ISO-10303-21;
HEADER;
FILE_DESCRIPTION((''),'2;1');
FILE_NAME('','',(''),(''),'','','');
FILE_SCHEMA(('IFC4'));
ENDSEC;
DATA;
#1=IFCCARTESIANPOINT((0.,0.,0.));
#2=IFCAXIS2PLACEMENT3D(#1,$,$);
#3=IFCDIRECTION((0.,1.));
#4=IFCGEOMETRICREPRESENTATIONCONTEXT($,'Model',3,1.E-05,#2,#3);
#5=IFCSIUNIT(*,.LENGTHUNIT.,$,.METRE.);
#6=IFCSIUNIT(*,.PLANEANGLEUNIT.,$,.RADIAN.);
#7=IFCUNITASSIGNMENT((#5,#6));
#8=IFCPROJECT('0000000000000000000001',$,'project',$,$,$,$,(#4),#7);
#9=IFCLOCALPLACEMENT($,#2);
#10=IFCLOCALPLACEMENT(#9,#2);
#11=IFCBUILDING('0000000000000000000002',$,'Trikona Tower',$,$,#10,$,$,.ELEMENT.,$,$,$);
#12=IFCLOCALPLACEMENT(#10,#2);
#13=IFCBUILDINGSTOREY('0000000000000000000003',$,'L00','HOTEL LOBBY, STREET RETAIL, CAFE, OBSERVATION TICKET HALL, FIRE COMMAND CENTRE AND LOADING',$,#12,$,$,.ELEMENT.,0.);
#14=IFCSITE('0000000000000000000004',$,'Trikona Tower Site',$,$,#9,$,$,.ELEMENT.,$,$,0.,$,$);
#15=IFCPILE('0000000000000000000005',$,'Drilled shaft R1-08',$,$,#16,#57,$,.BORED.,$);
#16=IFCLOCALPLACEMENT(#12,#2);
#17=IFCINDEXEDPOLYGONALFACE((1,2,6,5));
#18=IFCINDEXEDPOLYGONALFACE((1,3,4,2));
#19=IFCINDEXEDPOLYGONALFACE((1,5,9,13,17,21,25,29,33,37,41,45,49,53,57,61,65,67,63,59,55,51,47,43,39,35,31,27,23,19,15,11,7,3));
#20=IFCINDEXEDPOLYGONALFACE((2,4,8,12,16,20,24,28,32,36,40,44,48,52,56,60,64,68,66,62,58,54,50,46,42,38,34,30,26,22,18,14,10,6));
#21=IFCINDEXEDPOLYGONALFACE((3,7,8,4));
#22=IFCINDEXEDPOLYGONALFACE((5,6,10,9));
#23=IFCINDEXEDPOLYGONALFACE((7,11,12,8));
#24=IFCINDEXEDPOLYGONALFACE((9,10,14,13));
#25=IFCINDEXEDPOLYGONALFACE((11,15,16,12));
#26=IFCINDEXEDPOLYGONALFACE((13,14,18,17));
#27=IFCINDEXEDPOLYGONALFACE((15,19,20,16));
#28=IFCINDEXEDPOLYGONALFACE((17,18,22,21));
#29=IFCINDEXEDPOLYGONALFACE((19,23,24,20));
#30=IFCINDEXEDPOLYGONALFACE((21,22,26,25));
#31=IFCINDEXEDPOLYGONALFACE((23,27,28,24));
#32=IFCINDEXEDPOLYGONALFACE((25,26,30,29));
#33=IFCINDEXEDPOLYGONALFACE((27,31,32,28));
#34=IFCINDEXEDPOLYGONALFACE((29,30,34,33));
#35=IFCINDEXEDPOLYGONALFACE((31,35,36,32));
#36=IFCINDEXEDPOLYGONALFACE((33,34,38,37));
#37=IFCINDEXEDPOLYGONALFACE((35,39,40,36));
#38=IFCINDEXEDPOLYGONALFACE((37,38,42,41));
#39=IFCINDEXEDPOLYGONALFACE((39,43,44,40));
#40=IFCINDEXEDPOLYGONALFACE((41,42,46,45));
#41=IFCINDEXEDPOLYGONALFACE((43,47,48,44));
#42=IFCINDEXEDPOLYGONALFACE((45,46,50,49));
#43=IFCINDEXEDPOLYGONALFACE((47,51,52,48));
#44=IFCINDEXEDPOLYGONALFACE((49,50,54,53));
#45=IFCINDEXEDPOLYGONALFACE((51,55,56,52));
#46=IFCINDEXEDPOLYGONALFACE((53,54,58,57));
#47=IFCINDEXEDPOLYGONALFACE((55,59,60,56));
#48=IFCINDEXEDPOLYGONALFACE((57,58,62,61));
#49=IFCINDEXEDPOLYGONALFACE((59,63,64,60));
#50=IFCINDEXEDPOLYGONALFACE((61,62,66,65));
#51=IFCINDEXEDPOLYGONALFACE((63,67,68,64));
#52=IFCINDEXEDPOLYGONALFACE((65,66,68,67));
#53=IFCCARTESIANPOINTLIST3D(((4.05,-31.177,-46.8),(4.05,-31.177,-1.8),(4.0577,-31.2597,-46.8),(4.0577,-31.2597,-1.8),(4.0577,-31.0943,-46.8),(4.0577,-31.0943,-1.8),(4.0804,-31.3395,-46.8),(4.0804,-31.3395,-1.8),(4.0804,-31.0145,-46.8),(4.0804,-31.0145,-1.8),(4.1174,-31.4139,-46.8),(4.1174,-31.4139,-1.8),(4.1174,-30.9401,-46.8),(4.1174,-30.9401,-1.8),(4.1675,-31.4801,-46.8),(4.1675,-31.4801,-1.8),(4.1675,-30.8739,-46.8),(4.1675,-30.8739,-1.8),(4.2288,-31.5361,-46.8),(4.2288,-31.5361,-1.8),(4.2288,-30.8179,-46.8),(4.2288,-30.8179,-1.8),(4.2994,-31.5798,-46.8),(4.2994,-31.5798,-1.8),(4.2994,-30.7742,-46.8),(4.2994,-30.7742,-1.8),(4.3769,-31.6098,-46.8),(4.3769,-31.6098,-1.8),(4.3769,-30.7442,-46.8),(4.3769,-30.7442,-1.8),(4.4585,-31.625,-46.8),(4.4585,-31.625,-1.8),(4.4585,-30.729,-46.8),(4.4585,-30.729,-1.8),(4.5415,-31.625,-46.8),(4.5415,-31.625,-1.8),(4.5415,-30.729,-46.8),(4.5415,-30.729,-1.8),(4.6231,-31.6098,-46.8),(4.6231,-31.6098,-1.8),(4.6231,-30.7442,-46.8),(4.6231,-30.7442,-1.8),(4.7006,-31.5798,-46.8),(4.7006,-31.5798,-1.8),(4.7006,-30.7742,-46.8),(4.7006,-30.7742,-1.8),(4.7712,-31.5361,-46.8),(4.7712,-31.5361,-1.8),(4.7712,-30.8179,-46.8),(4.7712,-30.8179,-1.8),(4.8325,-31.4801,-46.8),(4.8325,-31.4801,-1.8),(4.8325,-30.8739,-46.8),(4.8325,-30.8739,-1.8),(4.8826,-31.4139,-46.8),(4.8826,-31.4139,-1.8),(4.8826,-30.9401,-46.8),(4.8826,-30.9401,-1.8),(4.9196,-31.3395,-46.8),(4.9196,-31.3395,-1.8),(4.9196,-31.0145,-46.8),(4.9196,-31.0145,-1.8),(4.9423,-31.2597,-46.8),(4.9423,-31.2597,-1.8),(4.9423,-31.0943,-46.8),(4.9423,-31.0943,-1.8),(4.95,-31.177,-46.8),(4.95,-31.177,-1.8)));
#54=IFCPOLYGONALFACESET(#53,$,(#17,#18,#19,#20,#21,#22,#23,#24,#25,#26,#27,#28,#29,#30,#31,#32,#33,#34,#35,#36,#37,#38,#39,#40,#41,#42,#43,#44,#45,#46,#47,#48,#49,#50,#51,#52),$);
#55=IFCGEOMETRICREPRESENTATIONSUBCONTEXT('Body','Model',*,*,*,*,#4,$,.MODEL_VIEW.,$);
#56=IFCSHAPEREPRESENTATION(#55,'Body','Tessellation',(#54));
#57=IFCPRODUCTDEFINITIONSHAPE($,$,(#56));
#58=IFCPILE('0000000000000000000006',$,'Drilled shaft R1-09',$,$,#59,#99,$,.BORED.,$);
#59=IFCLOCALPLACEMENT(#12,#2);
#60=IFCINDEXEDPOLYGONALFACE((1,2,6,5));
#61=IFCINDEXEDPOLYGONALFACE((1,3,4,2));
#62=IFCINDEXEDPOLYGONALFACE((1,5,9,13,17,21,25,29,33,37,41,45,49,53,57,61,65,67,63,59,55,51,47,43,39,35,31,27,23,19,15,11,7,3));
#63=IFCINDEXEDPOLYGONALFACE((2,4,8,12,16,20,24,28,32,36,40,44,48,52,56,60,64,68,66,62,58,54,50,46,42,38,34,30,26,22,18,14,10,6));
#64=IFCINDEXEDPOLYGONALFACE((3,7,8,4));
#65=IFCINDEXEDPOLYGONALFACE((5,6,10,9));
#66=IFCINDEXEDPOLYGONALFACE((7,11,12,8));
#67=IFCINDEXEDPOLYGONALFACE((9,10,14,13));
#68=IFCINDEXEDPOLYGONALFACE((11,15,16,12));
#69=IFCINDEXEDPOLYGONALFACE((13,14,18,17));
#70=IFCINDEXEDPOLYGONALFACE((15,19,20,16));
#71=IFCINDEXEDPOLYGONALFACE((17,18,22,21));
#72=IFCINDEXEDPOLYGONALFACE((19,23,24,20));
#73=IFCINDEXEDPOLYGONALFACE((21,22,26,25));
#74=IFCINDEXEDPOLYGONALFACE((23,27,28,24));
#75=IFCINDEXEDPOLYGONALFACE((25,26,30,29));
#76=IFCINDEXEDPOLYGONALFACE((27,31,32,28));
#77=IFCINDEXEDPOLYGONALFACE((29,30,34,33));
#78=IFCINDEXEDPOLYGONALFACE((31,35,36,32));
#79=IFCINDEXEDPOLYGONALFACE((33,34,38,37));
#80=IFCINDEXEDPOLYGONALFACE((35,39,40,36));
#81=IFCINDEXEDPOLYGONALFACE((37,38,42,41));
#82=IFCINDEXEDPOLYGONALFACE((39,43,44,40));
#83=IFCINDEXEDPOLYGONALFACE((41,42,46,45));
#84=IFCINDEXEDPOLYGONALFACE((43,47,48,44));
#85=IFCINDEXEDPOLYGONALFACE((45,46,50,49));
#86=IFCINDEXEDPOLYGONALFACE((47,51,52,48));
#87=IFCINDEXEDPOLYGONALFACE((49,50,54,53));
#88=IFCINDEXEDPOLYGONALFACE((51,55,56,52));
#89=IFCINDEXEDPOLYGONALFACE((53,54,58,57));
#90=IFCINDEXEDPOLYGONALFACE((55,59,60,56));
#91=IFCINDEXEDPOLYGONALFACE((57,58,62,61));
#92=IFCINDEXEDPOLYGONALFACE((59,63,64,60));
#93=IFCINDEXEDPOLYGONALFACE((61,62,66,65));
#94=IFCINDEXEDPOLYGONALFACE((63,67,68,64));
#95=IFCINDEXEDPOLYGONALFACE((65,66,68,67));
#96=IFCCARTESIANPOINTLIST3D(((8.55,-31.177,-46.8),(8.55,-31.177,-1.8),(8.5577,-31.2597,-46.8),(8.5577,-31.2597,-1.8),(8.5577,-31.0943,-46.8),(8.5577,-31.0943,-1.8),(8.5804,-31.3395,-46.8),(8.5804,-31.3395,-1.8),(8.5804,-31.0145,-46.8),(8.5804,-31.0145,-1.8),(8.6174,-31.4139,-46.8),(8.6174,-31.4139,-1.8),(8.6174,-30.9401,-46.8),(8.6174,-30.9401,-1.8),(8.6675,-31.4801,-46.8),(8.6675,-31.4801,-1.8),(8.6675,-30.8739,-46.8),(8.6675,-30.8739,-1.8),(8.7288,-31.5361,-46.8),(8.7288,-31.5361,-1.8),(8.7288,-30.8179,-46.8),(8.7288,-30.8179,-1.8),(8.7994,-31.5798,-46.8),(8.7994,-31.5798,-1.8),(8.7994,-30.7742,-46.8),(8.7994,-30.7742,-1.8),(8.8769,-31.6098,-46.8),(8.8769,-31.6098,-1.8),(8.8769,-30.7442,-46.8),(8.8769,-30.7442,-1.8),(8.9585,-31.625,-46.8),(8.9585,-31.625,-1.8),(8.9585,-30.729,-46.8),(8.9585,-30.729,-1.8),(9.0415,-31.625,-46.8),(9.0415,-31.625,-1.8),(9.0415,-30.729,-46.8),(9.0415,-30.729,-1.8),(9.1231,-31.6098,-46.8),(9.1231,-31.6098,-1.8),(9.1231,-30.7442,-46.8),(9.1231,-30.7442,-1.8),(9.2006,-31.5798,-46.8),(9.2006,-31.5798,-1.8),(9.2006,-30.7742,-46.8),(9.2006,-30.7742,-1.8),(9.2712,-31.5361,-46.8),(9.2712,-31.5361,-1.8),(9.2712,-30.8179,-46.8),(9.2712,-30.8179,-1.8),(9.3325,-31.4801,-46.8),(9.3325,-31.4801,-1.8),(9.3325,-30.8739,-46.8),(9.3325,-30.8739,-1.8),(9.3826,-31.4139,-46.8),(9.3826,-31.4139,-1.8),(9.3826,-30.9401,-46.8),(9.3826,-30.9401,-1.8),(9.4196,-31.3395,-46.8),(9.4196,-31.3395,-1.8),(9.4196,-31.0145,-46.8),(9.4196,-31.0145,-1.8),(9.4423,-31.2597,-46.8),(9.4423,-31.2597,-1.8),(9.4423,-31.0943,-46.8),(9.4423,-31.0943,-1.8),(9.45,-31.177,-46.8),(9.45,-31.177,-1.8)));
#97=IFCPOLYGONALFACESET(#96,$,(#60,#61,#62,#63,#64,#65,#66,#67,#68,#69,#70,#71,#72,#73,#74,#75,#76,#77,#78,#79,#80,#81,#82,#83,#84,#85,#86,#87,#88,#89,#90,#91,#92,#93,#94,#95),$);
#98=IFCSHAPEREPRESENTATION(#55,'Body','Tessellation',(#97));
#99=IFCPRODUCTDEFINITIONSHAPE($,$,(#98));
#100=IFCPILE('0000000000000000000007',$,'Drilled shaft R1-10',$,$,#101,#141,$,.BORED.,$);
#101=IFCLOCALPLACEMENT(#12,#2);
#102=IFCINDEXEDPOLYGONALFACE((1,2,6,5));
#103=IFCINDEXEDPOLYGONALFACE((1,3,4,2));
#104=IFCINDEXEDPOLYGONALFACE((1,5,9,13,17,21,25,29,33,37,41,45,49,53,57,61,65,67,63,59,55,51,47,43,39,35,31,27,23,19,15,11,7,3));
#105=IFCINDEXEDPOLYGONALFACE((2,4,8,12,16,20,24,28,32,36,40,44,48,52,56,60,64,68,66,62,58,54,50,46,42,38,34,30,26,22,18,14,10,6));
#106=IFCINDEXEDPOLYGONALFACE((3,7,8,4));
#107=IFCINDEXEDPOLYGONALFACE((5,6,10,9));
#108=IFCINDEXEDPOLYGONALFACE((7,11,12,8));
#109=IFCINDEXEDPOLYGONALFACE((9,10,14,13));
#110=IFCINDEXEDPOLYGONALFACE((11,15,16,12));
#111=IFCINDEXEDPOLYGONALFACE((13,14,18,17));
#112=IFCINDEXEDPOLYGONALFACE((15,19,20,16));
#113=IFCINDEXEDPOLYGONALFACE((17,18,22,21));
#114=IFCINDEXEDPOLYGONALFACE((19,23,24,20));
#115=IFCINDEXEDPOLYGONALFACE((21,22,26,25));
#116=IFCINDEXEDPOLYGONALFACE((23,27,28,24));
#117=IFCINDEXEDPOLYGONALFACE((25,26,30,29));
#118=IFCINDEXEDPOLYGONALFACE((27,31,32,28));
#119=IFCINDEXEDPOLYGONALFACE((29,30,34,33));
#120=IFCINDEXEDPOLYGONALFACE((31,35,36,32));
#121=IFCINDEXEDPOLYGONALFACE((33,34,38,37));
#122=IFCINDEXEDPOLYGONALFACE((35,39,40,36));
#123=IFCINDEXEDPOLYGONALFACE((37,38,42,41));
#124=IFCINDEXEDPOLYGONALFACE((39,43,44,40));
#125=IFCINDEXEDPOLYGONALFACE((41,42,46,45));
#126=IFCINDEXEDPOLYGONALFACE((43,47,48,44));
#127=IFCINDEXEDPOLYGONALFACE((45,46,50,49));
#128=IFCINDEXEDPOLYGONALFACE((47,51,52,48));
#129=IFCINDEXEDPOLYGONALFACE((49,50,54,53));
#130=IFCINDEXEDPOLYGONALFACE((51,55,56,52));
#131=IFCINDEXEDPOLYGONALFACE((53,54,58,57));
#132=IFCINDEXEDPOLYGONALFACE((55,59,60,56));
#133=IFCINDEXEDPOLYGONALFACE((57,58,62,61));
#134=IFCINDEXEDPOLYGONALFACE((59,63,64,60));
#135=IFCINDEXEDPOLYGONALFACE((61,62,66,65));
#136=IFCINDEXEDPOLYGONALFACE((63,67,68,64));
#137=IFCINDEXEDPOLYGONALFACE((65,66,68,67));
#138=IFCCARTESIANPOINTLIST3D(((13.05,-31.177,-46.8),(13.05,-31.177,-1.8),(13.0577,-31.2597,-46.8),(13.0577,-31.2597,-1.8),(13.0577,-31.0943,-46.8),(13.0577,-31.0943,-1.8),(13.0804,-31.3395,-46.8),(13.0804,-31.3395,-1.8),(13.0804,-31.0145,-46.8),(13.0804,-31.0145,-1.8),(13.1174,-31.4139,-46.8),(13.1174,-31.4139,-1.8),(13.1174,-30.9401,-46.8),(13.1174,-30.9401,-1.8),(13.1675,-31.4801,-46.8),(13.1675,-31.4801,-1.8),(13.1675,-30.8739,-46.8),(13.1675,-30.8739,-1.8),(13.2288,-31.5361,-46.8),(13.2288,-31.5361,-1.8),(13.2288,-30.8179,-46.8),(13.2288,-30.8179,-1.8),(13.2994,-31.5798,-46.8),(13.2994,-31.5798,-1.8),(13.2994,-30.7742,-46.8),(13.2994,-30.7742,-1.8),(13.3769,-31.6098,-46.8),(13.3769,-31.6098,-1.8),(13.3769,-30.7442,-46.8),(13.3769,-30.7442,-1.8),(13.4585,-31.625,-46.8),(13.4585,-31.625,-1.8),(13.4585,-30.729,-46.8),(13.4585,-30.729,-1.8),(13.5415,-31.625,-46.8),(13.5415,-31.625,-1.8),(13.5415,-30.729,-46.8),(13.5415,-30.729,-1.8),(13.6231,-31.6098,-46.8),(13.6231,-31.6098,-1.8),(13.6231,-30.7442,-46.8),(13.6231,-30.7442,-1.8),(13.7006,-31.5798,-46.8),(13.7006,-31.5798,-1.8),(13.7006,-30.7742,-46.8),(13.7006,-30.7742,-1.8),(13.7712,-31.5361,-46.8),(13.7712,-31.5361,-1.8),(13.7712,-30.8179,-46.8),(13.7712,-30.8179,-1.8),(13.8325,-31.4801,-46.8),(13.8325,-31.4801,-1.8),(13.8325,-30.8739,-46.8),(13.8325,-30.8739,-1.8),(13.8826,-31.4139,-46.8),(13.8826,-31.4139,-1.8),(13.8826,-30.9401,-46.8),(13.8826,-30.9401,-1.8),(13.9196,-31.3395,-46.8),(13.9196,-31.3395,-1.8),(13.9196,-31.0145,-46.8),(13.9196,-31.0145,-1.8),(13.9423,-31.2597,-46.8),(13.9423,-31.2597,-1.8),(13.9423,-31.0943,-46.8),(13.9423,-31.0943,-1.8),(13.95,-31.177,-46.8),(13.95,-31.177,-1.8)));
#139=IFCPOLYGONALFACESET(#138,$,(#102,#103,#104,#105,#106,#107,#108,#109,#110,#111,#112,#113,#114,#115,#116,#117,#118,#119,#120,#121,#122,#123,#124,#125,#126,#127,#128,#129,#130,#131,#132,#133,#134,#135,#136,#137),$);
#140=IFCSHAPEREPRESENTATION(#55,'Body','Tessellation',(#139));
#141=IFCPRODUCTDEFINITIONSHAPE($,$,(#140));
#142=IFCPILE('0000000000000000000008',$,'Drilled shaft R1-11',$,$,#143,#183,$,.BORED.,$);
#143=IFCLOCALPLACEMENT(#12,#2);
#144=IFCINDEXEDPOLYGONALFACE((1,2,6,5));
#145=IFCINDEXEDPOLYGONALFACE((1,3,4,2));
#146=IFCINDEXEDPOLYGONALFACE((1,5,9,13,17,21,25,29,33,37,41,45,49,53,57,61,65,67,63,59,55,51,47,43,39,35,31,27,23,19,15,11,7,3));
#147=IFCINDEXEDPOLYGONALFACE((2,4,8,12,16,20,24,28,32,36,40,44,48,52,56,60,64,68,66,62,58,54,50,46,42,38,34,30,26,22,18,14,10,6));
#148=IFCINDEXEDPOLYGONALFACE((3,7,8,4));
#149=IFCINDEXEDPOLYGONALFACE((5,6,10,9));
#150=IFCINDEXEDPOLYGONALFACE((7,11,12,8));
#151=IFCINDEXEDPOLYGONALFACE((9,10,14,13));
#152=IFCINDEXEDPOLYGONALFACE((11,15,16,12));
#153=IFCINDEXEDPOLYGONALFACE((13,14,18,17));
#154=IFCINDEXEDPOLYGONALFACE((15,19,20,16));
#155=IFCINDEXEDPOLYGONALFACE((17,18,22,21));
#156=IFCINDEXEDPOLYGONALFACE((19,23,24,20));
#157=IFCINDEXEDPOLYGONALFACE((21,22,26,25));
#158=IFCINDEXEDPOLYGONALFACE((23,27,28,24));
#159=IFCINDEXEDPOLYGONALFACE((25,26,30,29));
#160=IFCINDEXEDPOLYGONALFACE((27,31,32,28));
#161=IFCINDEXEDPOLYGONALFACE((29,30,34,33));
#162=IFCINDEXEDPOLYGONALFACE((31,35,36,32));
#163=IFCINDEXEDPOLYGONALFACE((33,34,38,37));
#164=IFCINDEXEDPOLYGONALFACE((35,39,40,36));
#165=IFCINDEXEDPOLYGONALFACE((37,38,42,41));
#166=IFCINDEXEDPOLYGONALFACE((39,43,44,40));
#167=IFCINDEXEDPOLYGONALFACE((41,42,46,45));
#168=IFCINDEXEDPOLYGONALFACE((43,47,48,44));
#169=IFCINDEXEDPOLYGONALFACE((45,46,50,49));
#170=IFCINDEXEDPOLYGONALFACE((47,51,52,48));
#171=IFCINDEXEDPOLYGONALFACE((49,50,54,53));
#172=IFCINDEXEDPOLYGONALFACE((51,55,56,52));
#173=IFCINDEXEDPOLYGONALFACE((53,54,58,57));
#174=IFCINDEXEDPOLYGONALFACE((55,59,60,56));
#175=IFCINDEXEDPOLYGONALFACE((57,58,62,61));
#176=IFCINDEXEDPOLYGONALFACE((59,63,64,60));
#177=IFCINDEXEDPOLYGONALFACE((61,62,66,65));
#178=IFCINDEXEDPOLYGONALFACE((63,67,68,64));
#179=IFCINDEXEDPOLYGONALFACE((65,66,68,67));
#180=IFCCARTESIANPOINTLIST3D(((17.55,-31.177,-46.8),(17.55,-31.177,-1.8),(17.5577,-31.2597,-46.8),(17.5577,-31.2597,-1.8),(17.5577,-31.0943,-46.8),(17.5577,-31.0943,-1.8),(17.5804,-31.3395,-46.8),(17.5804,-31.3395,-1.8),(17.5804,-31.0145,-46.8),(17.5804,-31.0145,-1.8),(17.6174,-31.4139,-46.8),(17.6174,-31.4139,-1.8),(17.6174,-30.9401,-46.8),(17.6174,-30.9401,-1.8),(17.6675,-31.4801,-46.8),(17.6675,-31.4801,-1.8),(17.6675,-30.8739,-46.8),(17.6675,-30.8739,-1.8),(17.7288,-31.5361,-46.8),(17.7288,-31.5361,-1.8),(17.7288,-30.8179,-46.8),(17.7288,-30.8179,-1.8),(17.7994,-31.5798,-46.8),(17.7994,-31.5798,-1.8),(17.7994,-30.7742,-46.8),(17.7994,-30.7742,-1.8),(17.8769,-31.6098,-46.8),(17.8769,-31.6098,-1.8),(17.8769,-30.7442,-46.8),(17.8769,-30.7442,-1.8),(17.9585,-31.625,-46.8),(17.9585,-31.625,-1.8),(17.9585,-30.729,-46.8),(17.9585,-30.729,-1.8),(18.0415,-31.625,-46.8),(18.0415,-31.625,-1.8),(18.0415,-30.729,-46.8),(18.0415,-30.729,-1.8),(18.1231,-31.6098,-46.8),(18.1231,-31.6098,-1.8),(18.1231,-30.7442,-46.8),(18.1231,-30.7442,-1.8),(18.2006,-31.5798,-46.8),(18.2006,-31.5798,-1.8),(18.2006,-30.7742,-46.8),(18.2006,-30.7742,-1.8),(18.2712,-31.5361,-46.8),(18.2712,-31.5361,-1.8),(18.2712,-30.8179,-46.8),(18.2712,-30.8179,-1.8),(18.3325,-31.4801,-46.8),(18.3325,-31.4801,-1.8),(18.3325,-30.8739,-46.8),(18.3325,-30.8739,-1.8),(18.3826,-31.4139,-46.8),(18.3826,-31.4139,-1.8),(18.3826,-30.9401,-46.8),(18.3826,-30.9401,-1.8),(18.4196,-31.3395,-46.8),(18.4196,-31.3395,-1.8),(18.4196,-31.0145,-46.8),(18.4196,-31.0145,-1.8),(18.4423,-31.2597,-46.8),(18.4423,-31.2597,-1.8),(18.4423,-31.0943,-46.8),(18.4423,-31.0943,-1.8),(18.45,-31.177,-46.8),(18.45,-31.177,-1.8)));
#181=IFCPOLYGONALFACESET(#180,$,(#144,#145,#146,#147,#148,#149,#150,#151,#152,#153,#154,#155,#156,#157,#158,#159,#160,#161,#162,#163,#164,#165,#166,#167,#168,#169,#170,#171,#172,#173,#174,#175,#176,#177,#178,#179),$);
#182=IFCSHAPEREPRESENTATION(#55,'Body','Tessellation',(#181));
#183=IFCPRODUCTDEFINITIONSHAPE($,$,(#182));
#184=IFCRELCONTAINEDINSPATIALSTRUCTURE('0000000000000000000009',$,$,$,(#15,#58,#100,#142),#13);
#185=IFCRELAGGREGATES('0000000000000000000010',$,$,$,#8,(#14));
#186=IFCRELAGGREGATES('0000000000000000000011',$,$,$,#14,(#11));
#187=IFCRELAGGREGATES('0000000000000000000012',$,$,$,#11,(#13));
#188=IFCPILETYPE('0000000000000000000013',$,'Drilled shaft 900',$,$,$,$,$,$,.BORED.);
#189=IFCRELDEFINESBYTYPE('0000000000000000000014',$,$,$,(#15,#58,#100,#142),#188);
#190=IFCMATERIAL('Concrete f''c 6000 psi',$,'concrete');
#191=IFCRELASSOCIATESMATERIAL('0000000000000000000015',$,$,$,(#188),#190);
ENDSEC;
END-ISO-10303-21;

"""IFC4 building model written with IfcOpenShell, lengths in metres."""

from ifc_helpers import new_model, si_unit, direction, frame, origin, origin_2d, place, context, subcontext, project, spatial, circle, extrude, material, type_object, element, save


model = new_model("IFC4")

# Units and contexts
model_context = context("Model", 3, precision=1e-05, world=origin(), true_north=direction((0.0, 1.0)))
body_context = subcontext(model_context, "Body", "Model", "MODEL_VIEW")
ifc_project = project(units=[si_unit("LENGTHUNIT", "METRE"), si_unit("PLANEANGLEUNIT", "RADIAN")], contexts=[model_context])

# Site, building, storey
site_placement = place(None, origin())
site = spatial("IfcSite", under=ifc_project, at=site_placement, Name="Trikona Tower Site", CompositionType="ELEMENT", RefElevation=0.0)
building_placement = place(site_placement, origin())
building = spatial("IfcBuilding", under=site, at=building_placement, Name="Trikona Tower", CompositionType="ELEMENT")
storey_placement = place(building_placement, origin())
storey = spatial("IfcBuildingStorey", under=building, at=storey_placement, Name="L00", Description="HOTEL LOBBY, STREET RETAIL, CAFE, OBSERVATION TICKET HALL, FIRE COMMAND CENTRE AND LOADING", CompositionType="ELEMENT", Elevation=0.0)

# Piles
ifc_material_1 = material(Name="Concrete f'c 6000 psi", Category="concrete")
pile_type = type_object("IfcPileType", Name="Drilled shaft 900", PredefinedType="BORED", material=ifc_material_1)
for number, where, z_axis, x_axis, name in (
    (1, (4.5, -31.177, -1.8), (0.0, 0.0, -1.0), (1.0, 0.0, 0.0), "Drilled shaft R1-08"),
    (2, (9.0, -31.177, -1.8), (0.0, 0.0, -1.0), (1.0, 0.0, 0.0), "Drilled shaft R1-09"),
    (3, (13.5, -31.177, -1.8), (0.0, 0.0, -1.0), (1.0, 0.0, 0.0), "Drilled shaft R1-10"),
    (4, (18.0, -31.177, -1.8), (0.0, 0.0, -1.0), (1.0, 0.0, 0.0), "Drilled shaft R1-11"),
):
    element("IfcPile", number, at=place(storey_placement, frame(where, z_axis=z_axis, x_axis=x_axis)), inside=storey, type_object=pile_type, Name=name, PredefinedType="BORED", context=body_context, shape_type="SweptSolid", body=[
        extrude(circle(Radius=0.45, at=origin_2d()), origin(), (0.0, 0.0, 1.0), 45.0),
    ])

save(model, "model.ifc")
